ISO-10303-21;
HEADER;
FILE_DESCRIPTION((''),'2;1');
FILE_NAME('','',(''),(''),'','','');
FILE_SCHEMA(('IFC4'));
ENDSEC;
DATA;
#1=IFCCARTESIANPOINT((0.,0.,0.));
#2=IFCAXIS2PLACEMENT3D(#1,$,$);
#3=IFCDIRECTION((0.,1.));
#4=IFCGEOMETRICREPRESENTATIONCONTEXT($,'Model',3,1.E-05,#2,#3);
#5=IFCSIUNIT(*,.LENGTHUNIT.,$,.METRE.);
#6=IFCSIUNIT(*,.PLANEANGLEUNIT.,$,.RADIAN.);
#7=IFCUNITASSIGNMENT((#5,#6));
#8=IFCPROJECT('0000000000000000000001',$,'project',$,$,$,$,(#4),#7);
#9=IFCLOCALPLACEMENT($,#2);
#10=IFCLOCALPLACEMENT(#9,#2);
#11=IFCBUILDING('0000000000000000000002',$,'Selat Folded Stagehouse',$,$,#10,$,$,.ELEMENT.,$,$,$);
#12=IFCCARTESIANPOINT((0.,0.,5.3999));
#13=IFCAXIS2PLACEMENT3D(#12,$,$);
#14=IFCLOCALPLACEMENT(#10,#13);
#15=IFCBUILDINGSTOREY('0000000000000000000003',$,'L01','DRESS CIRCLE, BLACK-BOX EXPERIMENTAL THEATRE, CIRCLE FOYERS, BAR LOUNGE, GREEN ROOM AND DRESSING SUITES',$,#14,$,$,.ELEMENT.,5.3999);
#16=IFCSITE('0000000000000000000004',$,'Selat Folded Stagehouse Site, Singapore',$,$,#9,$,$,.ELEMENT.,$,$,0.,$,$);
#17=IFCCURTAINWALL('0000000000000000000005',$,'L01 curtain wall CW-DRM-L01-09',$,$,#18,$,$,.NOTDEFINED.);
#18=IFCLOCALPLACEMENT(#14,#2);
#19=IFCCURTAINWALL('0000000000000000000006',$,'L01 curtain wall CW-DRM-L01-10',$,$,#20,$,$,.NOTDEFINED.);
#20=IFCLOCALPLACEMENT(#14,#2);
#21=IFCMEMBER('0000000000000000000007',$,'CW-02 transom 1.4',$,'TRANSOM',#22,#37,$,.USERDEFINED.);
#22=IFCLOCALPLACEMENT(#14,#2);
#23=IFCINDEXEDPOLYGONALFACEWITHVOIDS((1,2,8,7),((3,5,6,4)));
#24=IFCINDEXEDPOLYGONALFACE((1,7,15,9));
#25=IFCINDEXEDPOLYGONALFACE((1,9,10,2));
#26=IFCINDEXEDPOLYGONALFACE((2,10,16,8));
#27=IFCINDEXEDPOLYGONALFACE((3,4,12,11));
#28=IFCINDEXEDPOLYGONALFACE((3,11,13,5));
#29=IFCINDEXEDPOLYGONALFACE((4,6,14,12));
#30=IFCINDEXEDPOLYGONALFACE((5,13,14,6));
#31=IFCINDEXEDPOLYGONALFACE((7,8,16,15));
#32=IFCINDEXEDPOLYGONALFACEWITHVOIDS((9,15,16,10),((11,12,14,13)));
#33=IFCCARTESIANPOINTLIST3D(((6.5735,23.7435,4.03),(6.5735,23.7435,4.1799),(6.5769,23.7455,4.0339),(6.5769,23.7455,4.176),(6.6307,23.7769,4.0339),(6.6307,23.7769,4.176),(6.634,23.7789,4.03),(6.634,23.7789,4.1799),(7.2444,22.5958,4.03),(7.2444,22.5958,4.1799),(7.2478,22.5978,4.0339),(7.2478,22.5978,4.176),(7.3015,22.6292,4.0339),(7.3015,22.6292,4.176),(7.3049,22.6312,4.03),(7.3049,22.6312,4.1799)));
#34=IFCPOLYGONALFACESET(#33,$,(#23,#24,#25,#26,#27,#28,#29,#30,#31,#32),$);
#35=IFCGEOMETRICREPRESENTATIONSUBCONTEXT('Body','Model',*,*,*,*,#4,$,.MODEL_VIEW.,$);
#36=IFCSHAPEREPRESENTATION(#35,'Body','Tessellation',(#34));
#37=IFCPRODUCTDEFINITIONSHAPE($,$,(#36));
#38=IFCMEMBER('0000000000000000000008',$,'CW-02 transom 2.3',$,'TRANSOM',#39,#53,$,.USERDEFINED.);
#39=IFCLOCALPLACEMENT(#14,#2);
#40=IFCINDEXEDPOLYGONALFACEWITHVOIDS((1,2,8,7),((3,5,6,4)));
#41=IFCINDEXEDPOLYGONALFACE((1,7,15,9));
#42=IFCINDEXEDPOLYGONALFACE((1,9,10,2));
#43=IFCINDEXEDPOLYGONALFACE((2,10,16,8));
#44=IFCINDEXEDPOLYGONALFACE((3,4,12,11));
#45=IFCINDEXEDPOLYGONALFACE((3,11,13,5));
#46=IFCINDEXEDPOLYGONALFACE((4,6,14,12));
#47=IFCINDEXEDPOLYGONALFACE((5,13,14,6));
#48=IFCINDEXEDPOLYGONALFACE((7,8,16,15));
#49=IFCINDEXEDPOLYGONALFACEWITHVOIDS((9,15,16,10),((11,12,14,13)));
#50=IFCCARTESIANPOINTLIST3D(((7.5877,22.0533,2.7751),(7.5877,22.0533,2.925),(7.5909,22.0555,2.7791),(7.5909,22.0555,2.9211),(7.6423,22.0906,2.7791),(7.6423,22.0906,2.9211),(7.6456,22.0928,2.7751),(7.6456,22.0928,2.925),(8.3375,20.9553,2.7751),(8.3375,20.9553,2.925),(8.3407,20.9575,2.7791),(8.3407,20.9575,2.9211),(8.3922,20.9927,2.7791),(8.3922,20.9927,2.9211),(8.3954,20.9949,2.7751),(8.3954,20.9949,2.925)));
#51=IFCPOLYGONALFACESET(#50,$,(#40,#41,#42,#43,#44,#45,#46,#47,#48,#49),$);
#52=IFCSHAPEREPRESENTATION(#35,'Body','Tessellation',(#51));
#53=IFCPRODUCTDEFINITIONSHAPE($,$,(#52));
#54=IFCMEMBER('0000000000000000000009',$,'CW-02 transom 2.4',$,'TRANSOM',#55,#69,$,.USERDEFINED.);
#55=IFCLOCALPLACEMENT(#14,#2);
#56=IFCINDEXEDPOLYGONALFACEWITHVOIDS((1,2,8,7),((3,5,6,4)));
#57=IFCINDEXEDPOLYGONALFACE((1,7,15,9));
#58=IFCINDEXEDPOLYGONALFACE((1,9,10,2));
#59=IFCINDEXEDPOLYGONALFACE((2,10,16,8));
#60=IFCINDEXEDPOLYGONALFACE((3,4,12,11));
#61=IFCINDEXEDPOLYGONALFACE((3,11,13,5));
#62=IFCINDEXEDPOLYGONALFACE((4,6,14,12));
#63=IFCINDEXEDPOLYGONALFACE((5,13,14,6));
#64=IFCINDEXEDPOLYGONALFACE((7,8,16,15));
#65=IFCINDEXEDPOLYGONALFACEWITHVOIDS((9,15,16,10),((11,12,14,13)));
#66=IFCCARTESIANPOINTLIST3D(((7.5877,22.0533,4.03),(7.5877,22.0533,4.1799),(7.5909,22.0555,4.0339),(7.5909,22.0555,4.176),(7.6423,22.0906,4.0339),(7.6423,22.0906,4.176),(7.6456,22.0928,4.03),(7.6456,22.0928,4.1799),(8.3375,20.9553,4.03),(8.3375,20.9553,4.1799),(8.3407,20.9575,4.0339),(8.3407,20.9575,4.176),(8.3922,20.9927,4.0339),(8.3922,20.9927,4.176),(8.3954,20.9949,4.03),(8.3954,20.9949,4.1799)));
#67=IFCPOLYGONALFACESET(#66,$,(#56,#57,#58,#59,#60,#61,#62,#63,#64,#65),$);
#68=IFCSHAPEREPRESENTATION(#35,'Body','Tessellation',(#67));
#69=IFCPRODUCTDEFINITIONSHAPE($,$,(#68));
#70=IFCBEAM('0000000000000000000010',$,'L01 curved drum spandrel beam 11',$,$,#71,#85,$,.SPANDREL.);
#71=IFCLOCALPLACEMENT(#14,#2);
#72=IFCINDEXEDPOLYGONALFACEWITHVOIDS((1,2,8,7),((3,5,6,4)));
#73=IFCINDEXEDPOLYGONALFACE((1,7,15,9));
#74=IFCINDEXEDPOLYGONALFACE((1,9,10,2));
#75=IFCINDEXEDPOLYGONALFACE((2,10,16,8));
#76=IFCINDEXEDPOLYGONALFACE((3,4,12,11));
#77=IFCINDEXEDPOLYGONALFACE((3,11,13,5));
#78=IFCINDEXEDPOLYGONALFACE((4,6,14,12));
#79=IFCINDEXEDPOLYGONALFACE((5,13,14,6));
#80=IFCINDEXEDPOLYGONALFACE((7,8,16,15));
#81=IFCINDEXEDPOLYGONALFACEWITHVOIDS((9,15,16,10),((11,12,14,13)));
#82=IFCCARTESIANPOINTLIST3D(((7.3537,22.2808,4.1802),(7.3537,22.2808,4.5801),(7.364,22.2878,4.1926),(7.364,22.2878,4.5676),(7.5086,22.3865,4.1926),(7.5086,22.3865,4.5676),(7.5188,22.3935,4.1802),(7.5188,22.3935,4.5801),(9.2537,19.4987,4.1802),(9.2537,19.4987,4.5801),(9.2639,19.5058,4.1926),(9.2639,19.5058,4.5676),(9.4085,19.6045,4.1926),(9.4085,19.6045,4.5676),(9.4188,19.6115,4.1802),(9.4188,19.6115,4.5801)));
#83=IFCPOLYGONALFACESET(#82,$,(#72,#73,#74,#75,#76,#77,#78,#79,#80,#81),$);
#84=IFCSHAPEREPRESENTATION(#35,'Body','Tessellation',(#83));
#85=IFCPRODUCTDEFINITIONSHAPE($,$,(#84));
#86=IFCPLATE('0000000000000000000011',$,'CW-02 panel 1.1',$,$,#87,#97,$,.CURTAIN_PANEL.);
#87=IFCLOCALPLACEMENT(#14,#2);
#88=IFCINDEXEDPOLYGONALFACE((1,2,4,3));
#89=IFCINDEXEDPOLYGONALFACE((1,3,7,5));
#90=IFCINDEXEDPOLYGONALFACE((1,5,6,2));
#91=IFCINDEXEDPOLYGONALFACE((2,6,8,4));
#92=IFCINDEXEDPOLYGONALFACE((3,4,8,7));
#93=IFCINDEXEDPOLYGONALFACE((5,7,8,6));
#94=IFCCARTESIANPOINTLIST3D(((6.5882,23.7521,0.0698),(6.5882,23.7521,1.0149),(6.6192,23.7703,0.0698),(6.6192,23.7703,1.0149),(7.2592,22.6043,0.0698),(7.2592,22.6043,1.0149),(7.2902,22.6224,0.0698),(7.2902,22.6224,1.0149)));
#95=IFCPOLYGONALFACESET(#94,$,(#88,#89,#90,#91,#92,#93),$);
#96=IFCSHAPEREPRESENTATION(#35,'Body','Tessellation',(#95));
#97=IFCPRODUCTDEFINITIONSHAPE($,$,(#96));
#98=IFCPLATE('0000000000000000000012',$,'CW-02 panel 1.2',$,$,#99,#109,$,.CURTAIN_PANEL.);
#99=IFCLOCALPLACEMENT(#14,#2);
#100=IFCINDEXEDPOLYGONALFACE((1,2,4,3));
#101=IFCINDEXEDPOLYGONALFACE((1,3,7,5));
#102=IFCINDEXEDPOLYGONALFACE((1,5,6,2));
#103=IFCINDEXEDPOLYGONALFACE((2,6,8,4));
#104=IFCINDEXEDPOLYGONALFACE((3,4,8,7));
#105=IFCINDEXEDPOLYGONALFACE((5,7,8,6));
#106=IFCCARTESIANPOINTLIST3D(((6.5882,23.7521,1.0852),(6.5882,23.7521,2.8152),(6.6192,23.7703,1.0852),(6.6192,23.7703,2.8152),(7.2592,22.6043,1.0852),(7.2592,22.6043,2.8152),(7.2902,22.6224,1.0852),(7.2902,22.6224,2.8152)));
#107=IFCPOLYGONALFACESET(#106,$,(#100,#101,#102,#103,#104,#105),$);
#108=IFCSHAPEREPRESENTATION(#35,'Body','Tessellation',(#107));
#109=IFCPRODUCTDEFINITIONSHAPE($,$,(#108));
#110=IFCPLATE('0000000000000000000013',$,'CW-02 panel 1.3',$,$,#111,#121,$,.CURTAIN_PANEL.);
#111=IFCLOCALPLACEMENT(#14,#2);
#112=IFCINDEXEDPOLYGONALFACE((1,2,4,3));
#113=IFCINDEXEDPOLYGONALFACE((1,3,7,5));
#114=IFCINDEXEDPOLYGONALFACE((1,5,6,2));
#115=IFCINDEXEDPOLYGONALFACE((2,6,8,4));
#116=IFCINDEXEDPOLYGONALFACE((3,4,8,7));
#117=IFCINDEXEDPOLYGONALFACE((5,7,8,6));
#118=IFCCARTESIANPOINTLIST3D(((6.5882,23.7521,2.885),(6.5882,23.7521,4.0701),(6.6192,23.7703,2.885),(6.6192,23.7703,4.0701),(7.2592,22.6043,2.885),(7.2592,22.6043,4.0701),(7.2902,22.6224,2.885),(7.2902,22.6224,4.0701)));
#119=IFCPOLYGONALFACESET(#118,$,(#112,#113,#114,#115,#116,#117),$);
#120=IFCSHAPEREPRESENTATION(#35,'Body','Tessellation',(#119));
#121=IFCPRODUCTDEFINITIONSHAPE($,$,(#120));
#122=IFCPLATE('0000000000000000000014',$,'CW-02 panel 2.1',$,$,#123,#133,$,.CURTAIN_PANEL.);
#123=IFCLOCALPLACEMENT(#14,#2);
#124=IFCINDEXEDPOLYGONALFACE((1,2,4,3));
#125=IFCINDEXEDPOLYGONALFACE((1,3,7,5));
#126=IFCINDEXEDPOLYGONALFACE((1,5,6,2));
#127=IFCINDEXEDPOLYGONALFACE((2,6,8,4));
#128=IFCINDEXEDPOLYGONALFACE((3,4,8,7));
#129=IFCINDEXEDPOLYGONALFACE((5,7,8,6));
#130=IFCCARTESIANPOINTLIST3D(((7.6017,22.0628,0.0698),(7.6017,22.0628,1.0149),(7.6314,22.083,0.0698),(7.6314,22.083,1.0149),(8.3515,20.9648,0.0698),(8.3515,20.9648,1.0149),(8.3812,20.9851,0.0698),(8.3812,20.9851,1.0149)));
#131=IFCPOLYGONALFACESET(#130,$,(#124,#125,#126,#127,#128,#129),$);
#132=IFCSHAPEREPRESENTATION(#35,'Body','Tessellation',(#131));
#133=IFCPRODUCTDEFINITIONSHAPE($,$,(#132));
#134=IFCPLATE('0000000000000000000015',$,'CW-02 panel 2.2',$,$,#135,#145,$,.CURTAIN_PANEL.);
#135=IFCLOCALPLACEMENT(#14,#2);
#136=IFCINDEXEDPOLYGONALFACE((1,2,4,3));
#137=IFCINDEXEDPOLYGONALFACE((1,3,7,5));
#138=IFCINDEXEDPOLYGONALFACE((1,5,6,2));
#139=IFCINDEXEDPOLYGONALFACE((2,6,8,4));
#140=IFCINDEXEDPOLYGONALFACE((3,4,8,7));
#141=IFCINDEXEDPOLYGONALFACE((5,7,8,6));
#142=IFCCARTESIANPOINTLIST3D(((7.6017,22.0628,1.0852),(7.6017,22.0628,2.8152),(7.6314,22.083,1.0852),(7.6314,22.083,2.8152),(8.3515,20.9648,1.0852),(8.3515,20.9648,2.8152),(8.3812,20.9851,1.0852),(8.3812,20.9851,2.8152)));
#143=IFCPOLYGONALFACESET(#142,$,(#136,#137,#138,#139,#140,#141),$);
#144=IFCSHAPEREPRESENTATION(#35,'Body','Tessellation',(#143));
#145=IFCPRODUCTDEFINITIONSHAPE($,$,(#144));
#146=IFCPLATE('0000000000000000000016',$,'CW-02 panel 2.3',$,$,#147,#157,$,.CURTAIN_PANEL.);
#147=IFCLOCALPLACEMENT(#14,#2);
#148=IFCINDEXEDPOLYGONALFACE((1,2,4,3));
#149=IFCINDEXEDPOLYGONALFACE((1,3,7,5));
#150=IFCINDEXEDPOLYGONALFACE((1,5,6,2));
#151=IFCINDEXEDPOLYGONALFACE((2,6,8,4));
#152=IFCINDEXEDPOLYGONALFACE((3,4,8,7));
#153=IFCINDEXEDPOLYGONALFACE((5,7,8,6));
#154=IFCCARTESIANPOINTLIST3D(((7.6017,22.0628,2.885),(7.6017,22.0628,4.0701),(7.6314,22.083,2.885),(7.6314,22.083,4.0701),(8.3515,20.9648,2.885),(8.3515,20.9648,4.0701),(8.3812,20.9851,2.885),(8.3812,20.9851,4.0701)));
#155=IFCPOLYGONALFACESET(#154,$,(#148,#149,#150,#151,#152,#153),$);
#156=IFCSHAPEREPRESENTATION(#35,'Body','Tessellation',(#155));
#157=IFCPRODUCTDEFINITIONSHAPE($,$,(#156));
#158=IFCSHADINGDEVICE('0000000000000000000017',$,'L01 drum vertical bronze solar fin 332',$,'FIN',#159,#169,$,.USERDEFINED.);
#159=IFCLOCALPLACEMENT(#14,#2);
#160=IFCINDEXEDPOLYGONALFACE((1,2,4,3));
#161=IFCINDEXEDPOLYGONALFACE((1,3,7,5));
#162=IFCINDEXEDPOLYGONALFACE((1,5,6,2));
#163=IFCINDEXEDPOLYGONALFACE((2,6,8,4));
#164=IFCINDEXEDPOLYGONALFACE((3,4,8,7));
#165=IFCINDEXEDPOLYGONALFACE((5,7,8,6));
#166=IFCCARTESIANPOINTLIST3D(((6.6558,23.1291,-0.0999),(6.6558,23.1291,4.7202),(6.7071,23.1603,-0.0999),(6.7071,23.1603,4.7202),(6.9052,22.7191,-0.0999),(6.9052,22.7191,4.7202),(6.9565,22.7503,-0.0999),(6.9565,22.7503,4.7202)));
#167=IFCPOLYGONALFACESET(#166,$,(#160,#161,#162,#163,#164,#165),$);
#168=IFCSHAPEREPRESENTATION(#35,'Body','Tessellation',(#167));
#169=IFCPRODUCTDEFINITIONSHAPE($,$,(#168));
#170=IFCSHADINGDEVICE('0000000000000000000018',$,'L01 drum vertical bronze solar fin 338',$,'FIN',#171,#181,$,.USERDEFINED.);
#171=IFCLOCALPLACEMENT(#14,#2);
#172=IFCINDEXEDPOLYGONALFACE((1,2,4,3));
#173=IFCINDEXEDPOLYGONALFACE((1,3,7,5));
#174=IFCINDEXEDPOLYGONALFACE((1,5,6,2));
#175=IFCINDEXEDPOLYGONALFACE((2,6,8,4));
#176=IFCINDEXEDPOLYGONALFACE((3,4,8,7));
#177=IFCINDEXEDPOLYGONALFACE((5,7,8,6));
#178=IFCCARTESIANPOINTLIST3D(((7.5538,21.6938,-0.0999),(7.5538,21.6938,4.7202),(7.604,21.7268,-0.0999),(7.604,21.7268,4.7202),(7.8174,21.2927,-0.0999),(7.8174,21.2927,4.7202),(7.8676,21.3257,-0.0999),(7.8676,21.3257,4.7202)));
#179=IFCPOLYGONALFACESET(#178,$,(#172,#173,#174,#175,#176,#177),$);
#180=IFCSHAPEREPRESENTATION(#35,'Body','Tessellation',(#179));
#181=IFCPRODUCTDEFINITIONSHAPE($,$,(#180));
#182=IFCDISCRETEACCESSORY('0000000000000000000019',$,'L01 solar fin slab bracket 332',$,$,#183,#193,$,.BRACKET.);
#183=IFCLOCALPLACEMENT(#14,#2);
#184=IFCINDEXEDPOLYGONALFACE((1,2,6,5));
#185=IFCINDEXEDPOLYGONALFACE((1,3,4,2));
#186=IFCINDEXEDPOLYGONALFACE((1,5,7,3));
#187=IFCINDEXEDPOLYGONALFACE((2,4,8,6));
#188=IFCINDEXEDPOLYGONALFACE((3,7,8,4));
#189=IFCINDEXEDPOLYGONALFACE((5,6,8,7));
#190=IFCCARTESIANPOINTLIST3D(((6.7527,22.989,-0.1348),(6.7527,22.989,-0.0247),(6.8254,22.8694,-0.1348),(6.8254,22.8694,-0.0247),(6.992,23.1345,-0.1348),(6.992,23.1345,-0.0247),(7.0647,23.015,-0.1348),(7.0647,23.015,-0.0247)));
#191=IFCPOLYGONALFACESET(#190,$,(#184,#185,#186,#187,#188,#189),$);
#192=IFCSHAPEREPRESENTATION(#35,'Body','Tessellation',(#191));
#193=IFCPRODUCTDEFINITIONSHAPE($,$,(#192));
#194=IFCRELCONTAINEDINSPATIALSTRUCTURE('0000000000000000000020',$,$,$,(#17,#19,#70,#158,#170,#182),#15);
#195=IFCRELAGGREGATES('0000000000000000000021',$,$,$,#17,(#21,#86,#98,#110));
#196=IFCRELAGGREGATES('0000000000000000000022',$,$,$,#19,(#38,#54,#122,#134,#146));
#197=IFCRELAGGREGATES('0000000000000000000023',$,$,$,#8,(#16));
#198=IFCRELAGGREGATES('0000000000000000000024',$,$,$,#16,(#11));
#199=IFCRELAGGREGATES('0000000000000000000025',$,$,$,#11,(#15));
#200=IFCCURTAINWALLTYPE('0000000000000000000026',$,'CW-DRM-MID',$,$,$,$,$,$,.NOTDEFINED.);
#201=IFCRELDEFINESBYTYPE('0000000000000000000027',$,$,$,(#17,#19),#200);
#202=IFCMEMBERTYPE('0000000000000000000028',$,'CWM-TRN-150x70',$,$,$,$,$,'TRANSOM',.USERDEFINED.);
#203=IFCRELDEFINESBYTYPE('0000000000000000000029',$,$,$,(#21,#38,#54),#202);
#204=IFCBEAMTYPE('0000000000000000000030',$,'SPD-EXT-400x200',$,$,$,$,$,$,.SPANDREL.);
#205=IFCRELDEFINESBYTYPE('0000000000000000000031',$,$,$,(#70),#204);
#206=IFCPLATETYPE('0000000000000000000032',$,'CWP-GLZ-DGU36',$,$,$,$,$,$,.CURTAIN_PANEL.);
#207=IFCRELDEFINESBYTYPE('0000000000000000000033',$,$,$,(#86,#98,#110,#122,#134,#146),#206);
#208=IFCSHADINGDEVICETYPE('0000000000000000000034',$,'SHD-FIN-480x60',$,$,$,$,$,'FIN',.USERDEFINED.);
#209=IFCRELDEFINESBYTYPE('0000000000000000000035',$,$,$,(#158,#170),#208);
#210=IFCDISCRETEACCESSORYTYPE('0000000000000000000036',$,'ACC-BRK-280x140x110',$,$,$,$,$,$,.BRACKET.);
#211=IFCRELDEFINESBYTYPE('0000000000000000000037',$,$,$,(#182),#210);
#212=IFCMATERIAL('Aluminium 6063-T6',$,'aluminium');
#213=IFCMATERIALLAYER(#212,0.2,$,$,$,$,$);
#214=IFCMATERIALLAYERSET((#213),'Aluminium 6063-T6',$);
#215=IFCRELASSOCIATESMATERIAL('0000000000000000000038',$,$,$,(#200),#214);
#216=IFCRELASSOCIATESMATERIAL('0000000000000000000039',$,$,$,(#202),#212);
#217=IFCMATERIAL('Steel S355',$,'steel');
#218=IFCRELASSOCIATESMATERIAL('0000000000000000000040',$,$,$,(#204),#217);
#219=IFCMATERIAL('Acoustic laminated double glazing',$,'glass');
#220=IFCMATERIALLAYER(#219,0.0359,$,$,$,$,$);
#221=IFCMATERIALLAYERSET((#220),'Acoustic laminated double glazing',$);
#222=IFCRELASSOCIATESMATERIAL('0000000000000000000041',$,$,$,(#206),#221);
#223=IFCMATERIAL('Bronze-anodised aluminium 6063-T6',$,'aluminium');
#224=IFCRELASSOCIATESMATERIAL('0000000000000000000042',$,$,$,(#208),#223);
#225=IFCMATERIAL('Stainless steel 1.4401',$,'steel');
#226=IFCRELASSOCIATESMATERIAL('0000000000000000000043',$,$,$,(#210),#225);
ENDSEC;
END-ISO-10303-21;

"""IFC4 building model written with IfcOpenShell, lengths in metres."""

from ifc_helpers import new_model, si_unit, direction, frame, origin, origin_2d, place, context, subcontext, project, spatial, rectangle, hollow_rectangle, extrude, material, layer, layer_set, material_profile, profile_set, type_object, element, aggregate, save


model = new_model("IFC4")

# Units and contexts
model_context = context("Model", 3, precision=1e-05, world=origin(), true_north=direction((0.0, 1.0)))
body_context = subcontext(model_context, "Body", "Model", "MODEL_VIEW")
ifc_project = project(units=[si_unit("LENGTHUNIT", "METRE"), si_unit("PLANEANGLEUNIT", "RADIAN")], contexts=[model_context])

# Site, building, storey
site_placement = place(None, origin())
site = spatial("IfcSite", under=ifc_project, at=site_placement, Name="Selat Folded Stagehouse Site, Singapore", CompositionType="ELEMENT", RefElevation=0.0)
building_placement = place(site_placement, origin())
building = spatial("IfcBuilding", under=site, at=building_placement, Name="Selat Folded Stagehouse", CompositionType="ELEMENT")
storey_placement = place(building_placement, frame((0.0, 0.0, 5.3999)))
storey = spatial("IfcBuildingStorey", under=building, at=storey_placement, Name="L01", Description="DRESS CIRCLE, BLACK-BOX EXPERIMENTAL THEATRE, CIRCLE FOYERS, BAR LOUNGE, GREEN ROOM AND DRESSING SUITES", CompositionType="ELEMENT", Elevation=5.3999)

# Shared definitions
ifc_material_1 = material(Name="Steel S355", Category="steel")

# Curtain walls
ifc_material_2 = material(Name="Aluminium 6063-T6", Category="aluminium")
ifc_layer_1 = layer(ifc_material_2, 0.2)
ifc_layer_set_1 = layer_set([ifc_layer_1], Name="Aluminium 6063-T6")
curtain_wall_type = type_object("IfcCurtainWallType", Name="CW-DRM-MID", PredefinedType="NOTDEFINED", material=ifc_layer_set_1)
curtain_wall_1_placement = place(storey_placement, origin())
curtain_wall_1 = element("IfcCurtainWall", 1, at=curtain_wall_1_placement, inside=storey, type_object=curtain_wall_type, Name="L01 curtain wall CW-DRM-L01-09", PredefinedType="NOTDEFINED")
curtain_wall_2_placement = place(storey_placement, origin())
curtain_wall_2 = element("IfcCurtainWall", 2, at=curtain_wall_2_placement, inside=storey, type_object=curtain_wall_type, Name="L01 curtain wall CW-DRM-L01-10", PredefinedType="NOTDEFINED")

# Members
ifc_material_profile_1 = material_profile(ifc_material_2, hollow_rectangle(XDim=0.0701, YDim=0.1499, WallThickness=0.0039, at=origin_2d()), Name="ALU 150x70x4.0")
ifc_profile_set_1 = profile_set([ifc_material_profile_1], Name="Aluminium 6063-T6")
member_type_1 = type_object("IfcMemberType", Name="CWM-TRN-150x70", ElementType="TRANSOM", PredefinedType="USERDEFINED", material=ifc_profile_set_1)
member_1_placement = place(storey_placement, frame((7.2747, 22.6135, 4.105), z_axis=(-0.504659, 0.863319, 0.0), x_axis=(-0.863319, -0.504659, 0.0)))
member_1 = element("IfcMember", 3, at=member_1_placement, type_object=member_type_1, Name="CW-02 transom 1.4", ObjectType="TRANSOM", PredefinedType="USERDEFINED", context=body_context, shape_type="SweptSolid", body=[
    extrude(hollow_rectangle(XDim=0.0701, YDim=0.1499, WallThickness=0.0039, at=origin_2d()), origin(), (0.0, 0.0, 1.0), 1.3293),
])
member_2_placement = place(storey_placement, frame((8.3665, 20.9751, 2.8501), z_axis=(-0.563946, 0.825811, 0.0), x_axis=(-0.825811, -0.563946, 0.0)))
member_2 = element("IfcMember", 4, at=member_2_placement, type_object=member_type_1, Name="CW-02 transom 2.3", ObjectType="TRANSOM", PredefinedType="USERDEFINED", context=body_context, shape_type="SweptSolid", body=[
    extrude(hollow_rectangle(XDim=0.0701, YDim=0.1499, WallThickness=0.0039, at=origin_2d()), origin(), (0.0, 0.0, 1.0), 1.3296),
])
member_3_placement = place(storey_placement, frame((8.3665, 20.9751, 4.105), z_axis=(-0.563946, 0.825811, 0.0), x_axis=(-0.825811, -0.563946, 0.0)))
member_3 = element("IfcMember", 5, at=member_3_placement, type_object=member_type_1, Name="CW-02 transom 2.4", ObjectType="TRANSOM", PredefinedType="USERDEFINED", context=body_context, shape_type="SweptSolid", body=[
    extrude(hollow_rectangle(XDim=0.0701, YDim=0.1499, WallThickness=0.0039, at=origin_2d()), origin(), (0.0, 0.0, 1.0), 1.3296),
])

# Beam
ifc_material_profile_2 = material_profile(ifc_material_1, hollow_rectangle(XDim=0.2, YDim=0.3999, WallThickness=0.0125, at=origin_2d()), Name="RHS 400x200x12.5")
ifc_profile_set_2 = profile_set([ifc_material_profile_2], Name="Steel S355")
beam_type_1 = type_object("IfcBeamType", Name="SPD-EXT-400x200", PredefinedType="SPANDREL", material=ifc_profile_set_2)
beam_1_placement = place(storey_placement, frame((7.4363, 22.3372, 4.3801), z_axis=(0.563964, -0.825799, 0.0), x_axis=(0.825799, 0.563964, 0.0)))
element("IfcBeam", 6, at=beam_1_placement, inside=storey, type_object=beam_type_1, Name="L01 curved drum spandrel beam 11", PredefinedType="SPANDREL", context=body_context, shape_type="SweptSolid", body=[
    extrude(hollow_rectangle(XDim=0.2, YDim=0.3999, WallThickness=0.0125, at=origin_2d()), origin(), (0.0, 0.0, 1.0), 3.3689),
])

# Plates
ifc_material_3 = material(Name="Acoustic laminated double glazing", Category="glass")
ifc_layer_2 = layer(ifc_material_3, 0.0359)
ifc_layer_set_2 = layer_set([ifc_layer_2], Name="Acoustic laminated double glazing")
plate_type = type_object("IfcPlateType", Name="CWP-GLZ-DGU36", PredefinedType="CURTAIN_PANEL", material=ifc_layer_set_2)
plate_1_placement = place(storey_placement, frame((6.9392, 23.1873, 0.0698), z_axis=(0.0, 0.0, 1.0), x_axis=(-0.504636, 0.863332, 0.0)))
plate_1 = element("IfcPlate", 7, at=plate_1_placement, type_object=plate_type, Name="CW-02 panel 1.1", PredefinedType="CURTAIN_PANEL", context=body_context, shape_type="SweptSolid", body=[
    extrude(rectangle(XDim=1.3296, YDim=0.0359, at=origin_2d()), origin(), (0.0, 0.0, 1.0), 0.9451),
])
plate_2_placement = place(storey_placement, frame((6.9392, 23.1873, 1.0852), z_axis=(0.0, 0.0, 1.0), x_axis=(-0.504636, 0.863332, 0.0)))
plate_2 = element("IfcPlate", 8, at=plate_2_placement, type_object=plate_type, Name="CW-02 panel 1.2", PredefinedType="CURTAIN_PANEL", context=body_context, shape_type="SweptSolid", body=[
    extrude(rectangle(XDim=1.3296, YDim=0.0359, at=origin_2d()), origin(), (0.0, 0.0, 1.0), 1.73),
])
plate_3_placement = place(storey_placement, frame((6.9392, 23.1873, 2.885), z_axis=(0.0, 0.0, 1.0), x_axis=(-0.504636, 0.863332, 0.0)))
plate_3 = element("IfcPlate", 9, at=plate_3_placement, type_object=plate_type, Name="CW-02 panel 1.3", PredefinedType="CURTAIN_PANEL", context=body_context, shape_type="SweptSolid", body=[
    extrude(rectangle(XDim=1.3296, YDim=0.0359, at=origin_2d()), origin(), (0.0, 0.0, 1.0), 1.1851),
])
aggregate(curtain_wall_1, [member_1, plate_1, plate_2, plate_3])
plate_4_placement = place(storey_placement, frame((7.9915, 21.5239, 0.0698), z_axis=(0.0, 0.0, 1.0), x_axis=(-0.563948, 0.82581, 0.0)))
plate_4 = element("IfcPlate", 10, at=plate_4_placement, type_object=plate_type, Name="CW-02 panel 2.1", PredefinedType="CURTAIN_PANEL", context=body_context, shape_type="SweptSolid", body=[
    extrude(rectangle(XDim=1.3296, YDim=0.0359, at=origin_2d()), origin(), (0.0, 0.0, 1.0), 0.9451),
])
plate_5_placement = place(storey_placement, frame((7.9915, 21.5239, 1.0852), z_axis=(0.0, 0.0, 1.0), x_axis=(-0.563948, 0.82581, 0.0)))
plate_5 = element("IfcPlate", 11, at=plate_5_placement, type_object=plate_type, Name="CW-02 panel 2.2", PredefinedType="CURTAIN_PANEL", context=body_context, shape_type="SweptSolid", body=[
    extrude(rectangle(XDim=1.3296, YDim=0.0359, at=origin_2d()), origin(), (0.0, 0.0, 1.0), 1.73),
])
plate_6_placement = place(storey_placement, frame((7.9915, 21.5239, 2.885), z_axis=(0.0, 0.0, 1.0), x_axis=(-0.563948, 0.82581, 0.0)))
plate_6 = element("IfcPlate", 12, at=plate_6_placement, type_object=plate_type, Name="CW-02 panel 2.3", PredefinedType="CURTAIN_PANEL", context=body_context, shape_type="SweptSolid", body=[
    extrude(rectangle(XDim=1.3296, YDim=0.0359, at=origin_2d()), origin(), (0.0, 0.0, 1.0), 1.1851),
])
aggregate(curtain_wall_2, [member_2, member_3, plate_4, plate_5, plate_6])

# Shading devices
ifc_material_4 = material(Name="Bronze-anodised aluminium 6063-T6", Category="aluminium")
ifc_material_profile_3 = material_profile(ifc_material_4, rectangle(XDim=0.0601, YDim=0.48, at=origin_2d()), Name="SOLAR-FIN 480x60")
ifc_profile_set_3 = profile_set([ifc_material_profile_3], Name="Bronze-anodised aluminium 6063-T6")
shading_device_type = type_object("IfcShadingDeviceType", Name="SHD-FIN-480x60", ElementType="FIN", PredefinedType="USERDEFINED", material=ifc_profile_set_3)
for number, where, z_axis, x_axis, name in (
    (13, (6.8062, 22.9397, -0.0999), (0.0, 0.0, 1.0), (-0.854368, -0.519668, 0.0), "L01 drum vertical bronze solar fin 332"),
    (14, (7.7107, 21.5098, -0.0999), (0.0, 0.0, 1.0), (-0.835616, -0.549315, 0.0), "L01 drum vertical bronze solar fin 338"),
):
    element("IfcShadingDevice", number, at=place(storey_placement, frame(where, z_axis=z_axis, x_axis=x_axis)), inside=storey, type_object=shading_device_type, Name=name, ObjectType="FIN", PredefinedType="USERDEFINED", context=body_context, shape_type="SweptSolid", body=[
        extrude(rectangle(XDim=0.0601, YDim=0.48, at=origin_2d()), origin(), (0.0, 0.0, 1.0), 4.8201),
    ])

# Discrete accessory
ifc_material_5 = material(Name="Stainless steel 1.4401", Category="steel")
discrete_accessory_type = type_object("IfcDiscreteAccessoryType", Name="ACC-BRK-280x140x110", PredefinedType="BRACKET", material=ifc_material_5)
for number, where, z_axis, x_axis, name in (
    (15, (6.9087, 23.002, -0.1348), (0.0, 0.0, 1.0), (-0.854368, -0.519668, 0.0), "L01 solar fin slab bracket 332"),
):
    element("IfcDiscreteAccessory", number, at=place(storey_placement, frame(where, z_axis=z_axis, x_axis=x_axis)), inside=storey, type_object=discrete_accessory_type, Name=name, PredefinedType="BRACKET", context=body_context, shape_type="SweptSolid", body=[
        extrude(rectangle(XDim=0.28, YDim=0.1399, at=origin_2d()), origin(), (0.0, 0.0, 1.0), 0.1101),
    ])

save(model, "model.ifc")
